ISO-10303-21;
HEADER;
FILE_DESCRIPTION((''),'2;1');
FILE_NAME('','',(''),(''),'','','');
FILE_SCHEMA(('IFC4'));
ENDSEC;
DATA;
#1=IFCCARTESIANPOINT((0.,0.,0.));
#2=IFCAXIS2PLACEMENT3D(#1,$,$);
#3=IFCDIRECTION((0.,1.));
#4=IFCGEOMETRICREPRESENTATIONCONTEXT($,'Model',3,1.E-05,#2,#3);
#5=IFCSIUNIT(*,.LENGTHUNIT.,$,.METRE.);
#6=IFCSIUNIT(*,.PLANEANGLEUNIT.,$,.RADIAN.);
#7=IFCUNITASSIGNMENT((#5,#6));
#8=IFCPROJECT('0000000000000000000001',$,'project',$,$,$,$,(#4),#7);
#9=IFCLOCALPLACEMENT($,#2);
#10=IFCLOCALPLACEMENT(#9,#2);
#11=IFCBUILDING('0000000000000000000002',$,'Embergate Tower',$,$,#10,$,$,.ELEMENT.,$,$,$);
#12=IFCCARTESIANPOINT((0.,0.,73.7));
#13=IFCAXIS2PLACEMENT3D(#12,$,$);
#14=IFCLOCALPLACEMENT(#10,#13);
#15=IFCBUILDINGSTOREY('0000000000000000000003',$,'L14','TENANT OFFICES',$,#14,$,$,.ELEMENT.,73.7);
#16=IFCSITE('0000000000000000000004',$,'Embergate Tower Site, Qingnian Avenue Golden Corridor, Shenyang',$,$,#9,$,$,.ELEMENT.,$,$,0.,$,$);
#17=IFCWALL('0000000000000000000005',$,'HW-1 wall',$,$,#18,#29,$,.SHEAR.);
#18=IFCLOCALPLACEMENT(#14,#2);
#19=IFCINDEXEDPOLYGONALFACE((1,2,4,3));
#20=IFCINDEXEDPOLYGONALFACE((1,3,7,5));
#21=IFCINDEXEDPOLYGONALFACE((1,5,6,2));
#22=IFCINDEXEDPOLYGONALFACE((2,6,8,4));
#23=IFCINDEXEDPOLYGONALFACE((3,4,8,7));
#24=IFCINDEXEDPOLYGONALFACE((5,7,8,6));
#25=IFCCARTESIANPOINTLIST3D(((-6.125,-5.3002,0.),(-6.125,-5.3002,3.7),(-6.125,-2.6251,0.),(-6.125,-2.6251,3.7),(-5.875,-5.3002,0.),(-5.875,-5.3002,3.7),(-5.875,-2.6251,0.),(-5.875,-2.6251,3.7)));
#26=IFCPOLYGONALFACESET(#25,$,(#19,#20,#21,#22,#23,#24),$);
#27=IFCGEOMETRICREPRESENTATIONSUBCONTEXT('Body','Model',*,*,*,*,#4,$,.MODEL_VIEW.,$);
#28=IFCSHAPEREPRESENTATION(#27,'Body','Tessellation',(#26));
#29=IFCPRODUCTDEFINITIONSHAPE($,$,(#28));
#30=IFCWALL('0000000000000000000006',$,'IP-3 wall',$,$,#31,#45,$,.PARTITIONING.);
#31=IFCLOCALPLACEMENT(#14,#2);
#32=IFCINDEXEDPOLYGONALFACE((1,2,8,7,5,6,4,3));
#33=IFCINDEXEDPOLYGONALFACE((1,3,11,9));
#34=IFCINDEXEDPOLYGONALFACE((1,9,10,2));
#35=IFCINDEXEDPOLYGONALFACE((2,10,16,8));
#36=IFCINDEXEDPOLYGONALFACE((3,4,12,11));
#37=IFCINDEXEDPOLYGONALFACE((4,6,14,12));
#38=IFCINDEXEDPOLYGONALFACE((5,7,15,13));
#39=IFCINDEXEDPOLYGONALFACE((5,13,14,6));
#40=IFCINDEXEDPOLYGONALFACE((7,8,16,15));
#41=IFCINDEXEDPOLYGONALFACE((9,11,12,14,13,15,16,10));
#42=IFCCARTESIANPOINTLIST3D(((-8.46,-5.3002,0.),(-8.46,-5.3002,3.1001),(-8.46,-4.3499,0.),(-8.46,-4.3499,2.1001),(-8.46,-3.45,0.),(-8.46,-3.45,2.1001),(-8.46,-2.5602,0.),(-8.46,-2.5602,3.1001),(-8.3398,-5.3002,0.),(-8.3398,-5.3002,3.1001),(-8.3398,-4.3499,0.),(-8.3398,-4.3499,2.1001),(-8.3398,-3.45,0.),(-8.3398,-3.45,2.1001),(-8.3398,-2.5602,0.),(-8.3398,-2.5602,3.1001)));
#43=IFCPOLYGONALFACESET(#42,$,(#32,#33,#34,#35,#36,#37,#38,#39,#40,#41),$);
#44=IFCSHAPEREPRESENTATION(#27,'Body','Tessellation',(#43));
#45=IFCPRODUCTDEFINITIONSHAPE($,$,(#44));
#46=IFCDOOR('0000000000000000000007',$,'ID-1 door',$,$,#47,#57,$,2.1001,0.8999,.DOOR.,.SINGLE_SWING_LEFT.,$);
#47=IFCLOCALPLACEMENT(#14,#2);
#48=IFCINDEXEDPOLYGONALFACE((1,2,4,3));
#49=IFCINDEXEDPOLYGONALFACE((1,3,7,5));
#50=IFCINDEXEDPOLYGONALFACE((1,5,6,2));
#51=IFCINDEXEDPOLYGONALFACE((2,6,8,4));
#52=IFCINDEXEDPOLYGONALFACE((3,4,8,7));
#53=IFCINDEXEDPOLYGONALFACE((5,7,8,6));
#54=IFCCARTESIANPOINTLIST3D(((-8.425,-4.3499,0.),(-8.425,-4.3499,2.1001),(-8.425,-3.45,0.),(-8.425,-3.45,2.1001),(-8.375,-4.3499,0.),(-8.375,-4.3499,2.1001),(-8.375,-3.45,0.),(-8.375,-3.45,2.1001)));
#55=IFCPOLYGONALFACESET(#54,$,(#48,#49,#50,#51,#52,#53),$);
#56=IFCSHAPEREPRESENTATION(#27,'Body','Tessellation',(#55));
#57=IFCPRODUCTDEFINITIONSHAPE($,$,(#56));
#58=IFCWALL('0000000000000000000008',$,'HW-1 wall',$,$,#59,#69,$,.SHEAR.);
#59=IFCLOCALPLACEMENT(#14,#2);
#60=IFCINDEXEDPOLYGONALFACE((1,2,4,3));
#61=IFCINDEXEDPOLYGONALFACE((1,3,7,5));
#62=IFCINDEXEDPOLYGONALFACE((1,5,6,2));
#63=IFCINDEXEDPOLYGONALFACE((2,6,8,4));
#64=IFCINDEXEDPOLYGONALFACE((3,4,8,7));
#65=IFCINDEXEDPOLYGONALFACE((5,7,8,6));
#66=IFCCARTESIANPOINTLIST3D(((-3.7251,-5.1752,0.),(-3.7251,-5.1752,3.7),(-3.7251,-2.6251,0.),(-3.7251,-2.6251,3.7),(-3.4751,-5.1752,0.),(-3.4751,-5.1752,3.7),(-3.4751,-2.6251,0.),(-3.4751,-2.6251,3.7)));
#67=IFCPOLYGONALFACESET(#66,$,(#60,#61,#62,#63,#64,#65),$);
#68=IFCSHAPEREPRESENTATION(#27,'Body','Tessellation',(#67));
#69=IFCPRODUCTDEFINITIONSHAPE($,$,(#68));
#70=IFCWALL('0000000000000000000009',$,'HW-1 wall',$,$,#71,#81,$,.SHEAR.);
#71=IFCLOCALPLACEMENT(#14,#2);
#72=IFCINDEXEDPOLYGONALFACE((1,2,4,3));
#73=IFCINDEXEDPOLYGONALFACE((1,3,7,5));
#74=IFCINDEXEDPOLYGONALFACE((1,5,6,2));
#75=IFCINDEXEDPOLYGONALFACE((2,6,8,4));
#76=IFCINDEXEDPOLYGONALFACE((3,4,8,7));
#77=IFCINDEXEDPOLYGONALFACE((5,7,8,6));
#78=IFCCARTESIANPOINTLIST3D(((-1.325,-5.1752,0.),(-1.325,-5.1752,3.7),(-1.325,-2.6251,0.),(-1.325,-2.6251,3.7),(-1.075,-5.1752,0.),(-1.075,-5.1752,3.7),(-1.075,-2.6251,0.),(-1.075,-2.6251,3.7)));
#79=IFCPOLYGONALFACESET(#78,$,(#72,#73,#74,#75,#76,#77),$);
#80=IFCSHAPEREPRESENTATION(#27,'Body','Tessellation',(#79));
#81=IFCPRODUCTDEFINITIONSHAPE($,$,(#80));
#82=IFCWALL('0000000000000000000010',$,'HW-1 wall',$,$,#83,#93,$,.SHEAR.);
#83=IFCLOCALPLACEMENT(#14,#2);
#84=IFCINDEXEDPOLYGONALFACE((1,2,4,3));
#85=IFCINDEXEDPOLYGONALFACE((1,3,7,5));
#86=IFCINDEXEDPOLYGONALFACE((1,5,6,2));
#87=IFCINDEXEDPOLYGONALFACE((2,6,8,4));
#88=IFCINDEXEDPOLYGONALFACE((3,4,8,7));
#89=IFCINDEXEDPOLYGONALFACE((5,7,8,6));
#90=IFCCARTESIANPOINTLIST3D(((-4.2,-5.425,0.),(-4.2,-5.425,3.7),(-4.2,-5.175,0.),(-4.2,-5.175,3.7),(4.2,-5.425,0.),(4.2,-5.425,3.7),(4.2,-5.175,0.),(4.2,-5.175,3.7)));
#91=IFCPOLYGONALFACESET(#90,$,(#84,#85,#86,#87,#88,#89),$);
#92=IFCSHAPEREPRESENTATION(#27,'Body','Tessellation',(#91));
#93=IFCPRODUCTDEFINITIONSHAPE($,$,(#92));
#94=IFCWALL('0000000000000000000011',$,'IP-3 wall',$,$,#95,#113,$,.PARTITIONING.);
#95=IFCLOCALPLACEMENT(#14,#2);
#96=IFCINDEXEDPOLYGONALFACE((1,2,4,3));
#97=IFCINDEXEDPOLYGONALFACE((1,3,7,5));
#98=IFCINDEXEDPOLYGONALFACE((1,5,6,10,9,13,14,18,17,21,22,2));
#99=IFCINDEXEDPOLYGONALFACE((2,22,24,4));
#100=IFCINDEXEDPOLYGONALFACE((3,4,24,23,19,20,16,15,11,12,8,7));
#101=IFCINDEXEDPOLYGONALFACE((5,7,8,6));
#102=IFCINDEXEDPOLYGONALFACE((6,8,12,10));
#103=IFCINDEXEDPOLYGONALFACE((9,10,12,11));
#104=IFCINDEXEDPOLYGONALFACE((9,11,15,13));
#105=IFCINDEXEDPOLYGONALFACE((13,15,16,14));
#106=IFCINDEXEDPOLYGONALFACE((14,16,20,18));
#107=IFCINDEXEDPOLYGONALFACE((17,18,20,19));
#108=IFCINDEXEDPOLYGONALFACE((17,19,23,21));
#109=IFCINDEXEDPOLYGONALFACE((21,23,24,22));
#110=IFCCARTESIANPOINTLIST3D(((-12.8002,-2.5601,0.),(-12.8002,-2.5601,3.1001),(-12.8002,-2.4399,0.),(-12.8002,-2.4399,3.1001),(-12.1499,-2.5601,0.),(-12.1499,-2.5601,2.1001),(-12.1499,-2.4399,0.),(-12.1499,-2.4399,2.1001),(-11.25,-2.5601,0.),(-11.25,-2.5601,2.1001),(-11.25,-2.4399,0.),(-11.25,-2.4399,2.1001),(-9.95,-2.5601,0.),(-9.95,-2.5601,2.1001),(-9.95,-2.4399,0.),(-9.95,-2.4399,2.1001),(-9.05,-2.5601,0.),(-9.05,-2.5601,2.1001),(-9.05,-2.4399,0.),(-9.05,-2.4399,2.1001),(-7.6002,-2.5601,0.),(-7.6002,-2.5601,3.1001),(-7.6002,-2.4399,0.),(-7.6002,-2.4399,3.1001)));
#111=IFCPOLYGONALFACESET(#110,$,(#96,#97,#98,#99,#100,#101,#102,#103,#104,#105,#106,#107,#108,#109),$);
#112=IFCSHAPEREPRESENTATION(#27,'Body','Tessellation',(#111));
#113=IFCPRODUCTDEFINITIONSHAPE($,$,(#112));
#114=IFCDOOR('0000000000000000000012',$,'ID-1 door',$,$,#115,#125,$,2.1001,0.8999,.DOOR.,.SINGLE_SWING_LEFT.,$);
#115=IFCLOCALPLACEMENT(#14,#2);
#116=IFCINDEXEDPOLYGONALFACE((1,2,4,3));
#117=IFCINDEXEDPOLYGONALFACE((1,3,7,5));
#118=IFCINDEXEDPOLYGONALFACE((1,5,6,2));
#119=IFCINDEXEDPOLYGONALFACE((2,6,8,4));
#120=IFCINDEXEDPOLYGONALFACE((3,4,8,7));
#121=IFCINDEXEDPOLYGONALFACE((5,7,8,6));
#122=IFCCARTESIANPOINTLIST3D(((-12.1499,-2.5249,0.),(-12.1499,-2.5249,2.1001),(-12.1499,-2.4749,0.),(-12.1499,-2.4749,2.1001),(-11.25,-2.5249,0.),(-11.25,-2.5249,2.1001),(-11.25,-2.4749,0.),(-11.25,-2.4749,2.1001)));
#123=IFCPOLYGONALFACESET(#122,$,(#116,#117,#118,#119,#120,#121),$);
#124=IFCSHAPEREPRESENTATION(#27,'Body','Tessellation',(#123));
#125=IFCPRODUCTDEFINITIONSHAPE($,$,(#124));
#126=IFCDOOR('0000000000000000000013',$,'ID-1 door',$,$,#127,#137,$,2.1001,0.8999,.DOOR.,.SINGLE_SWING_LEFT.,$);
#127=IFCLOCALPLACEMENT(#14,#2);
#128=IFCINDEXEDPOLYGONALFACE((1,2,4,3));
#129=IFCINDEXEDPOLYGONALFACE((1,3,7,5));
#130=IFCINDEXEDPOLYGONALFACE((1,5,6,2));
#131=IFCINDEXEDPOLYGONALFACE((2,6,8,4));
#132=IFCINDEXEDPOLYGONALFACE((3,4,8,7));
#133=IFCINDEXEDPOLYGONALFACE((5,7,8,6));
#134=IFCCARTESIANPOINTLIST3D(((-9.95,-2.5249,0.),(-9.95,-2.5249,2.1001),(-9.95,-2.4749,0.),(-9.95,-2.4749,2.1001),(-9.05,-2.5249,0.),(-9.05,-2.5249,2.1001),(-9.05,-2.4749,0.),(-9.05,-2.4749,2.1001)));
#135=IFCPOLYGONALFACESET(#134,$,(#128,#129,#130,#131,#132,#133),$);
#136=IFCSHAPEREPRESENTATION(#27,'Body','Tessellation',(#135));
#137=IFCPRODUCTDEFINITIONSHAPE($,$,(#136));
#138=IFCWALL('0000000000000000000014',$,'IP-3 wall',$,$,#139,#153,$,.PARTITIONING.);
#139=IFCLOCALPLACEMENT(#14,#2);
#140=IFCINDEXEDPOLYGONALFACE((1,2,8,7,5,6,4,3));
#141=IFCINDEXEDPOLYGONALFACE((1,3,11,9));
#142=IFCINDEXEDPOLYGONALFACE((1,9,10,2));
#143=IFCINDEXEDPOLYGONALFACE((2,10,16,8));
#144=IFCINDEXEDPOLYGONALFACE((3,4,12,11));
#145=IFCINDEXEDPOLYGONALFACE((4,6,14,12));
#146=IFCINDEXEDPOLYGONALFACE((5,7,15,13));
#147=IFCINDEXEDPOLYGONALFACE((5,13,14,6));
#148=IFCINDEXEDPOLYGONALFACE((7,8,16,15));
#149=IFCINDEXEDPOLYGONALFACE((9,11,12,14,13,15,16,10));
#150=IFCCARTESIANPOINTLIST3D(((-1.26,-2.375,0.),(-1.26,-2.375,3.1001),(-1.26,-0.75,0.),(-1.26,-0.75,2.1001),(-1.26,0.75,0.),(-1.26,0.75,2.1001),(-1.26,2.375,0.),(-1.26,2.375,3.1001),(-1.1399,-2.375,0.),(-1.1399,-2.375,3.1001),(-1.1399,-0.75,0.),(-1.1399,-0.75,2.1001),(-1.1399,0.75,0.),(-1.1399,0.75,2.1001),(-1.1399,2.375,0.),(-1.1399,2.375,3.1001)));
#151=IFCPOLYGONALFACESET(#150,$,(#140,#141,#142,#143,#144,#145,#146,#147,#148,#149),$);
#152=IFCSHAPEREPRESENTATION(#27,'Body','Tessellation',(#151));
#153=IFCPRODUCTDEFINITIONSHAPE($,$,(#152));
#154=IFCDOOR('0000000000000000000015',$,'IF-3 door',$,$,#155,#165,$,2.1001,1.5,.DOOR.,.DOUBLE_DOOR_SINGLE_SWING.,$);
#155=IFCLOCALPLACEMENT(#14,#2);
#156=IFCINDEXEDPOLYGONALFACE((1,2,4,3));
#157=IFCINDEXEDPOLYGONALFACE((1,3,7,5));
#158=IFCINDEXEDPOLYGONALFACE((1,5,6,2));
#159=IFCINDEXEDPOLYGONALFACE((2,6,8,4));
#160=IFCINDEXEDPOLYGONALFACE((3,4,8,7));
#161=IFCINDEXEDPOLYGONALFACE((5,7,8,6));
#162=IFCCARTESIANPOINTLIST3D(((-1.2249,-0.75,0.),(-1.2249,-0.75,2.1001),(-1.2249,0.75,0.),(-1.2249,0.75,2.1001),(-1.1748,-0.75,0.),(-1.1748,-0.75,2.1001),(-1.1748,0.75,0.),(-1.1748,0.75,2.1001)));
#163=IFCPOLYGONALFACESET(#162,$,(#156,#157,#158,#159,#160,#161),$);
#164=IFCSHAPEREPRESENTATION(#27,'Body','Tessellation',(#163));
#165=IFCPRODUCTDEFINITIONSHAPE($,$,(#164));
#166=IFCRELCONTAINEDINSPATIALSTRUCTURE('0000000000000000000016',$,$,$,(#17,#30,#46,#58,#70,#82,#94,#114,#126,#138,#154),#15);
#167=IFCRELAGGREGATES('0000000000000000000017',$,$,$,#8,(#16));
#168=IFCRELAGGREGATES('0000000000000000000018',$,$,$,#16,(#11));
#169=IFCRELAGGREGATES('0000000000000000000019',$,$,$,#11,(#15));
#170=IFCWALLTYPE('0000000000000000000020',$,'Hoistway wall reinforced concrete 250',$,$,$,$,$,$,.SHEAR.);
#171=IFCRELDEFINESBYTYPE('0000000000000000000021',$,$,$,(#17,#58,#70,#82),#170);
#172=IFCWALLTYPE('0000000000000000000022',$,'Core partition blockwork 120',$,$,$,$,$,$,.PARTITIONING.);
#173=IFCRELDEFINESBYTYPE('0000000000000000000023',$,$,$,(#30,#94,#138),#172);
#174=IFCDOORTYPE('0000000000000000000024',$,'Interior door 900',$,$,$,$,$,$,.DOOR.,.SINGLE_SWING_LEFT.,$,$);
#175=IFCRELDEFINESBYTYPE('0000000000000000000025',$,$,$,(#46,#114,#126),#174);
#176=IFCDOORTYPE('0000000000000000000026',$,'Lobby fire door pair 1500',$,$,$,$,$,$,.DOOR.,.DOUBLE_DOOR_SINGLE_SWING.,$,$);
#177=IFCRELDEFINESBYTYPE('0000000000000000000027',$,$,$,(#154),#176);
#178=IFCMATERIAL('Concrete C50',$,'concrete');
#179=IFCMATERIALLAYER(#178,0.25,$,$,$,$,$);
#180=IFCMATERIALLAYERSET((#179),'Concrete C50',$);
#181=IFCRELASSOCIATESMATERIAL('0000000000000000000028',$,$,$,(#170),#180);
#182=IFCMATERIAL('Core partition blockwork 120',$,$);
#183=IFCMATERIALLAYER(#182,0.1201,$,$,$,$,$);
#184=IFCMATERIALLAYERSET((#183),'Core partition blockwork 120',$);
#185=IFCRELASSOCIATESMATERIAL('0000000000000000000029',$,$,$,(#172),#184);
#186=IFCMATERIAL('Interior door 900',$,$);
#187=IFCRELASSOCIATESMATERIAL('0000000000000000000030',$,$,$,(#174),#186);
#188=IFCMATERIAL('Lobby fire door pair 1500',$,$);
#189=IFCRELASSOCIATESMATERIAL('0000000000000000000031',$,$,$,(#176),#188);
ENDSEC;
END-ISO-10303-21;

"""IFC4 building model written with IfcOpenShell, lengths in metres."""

from ifc_helpers import new_model, si_unit, direction, frame, frame_2d, origin, place, context, subcontext, project, spatial, rectangle, extrude, source, transform, mapped, material, layer, layer_set, type_object, element, fill, save


model = new_model("IFC4")

# Units and contexts
model_context = context("Model", 3, precision=1e-05, world=origin(), true_north=direction((0.0, 1.0)))
body_context = subcontext(model_context, "Body", "Model", "MODEL_VIEW")
ifc_project = project(units=[si_unit("LENGTHUNIT", "METRE"), si_unit("PLANEANGLEUNIT", "RADIAN")], contexts=[model_context])

# Site, building, storey
site_placement = place(None, origin())
site = spatial("IfcSite", under=ifc_project, at=site_placement, Name="Embergate Tower Site, Qingnian Avenue Golden Corridor, Shenyang", CompositionType="ELEMENT", RefElevation=0.0)
building_placement = place(site_placement, origin())
building = spatial("IfcBuilding", under=site, at=building_placement, Name="Embergate Tower", CompositionType="ELEMENT")
storey_placement = place(building_placement, frame((0.0, 0.0, 73.7)))
storey = spatial("IfcBuildingStorey", under=building, at=storey_placement, Name="L14", Description="TENANT OFFICES", CompositionType="ELEMENT", Elevation=73.7)

# Wall
ifc_material_1 = material(Name="Concrete C50", Category="concrete")
ifc_layer_1 = layer(ifc_material_1, 0.25)
ifc_layer_set_1 = layer_set([ifc_layer_1], Name="Concrete C50")
wall_type_1 = type_object("IfcWallType", Name="Hoistway wall reinforced concrete 250", PredefinedType="SHEAR", material=ifc_layer_set_1)
shared_shape_1 = source(origin(), body_context, "Body", "SweptSolid", [
    extrude(rectangle(XDim=2.675, YDim=0.25, at=frame_2d((1.3374, 0.0))), origin(), (0.0, 0.0, 1.0), 3.7),
])
wall_1_placement = place(storey_placement, frame((-6.0, -5.3, 0.0), z_axis=(0.0, 0.0, 1.0), x_axis=(0.0, 1.0, 0.0)))
element("IfcWall", 1, at=wall_1_placement, inside=storey, type_object=wall_type_1, Name="HW-1 wall", PredefinedType="SHEAR", context=body_context, shape_type="MappedRepresentation", body=[
    mapped(shared_shape_1, transform((0.0, 0.0, 0.0))),
])

# Wall, opening, door
ifc_material_2 = material(Name="Core partition blockwork 120")
ifc_layer_2 = layer(ifc_material_2, 0.1201)
ifc_layer_set_2 = layer_set([ifc_layer_2], Name="Core partition blockwork 120")
wall_type_2 = type_object("IfcWallType", Name="Core partition blockwork 120", PredefinedType="PARTITIONING", material=ifc_layer_set_2)
shared_shape_2 = source(origin(), body_context, "Body", "SweptSolid", [
    extrude(rectangle(XDim=2.74, YDim=0.1201, at=frame_2d((1.3701, 0.0))), origin(), (0.0, 0.0, 1.0), 3.1001),
])
wall_2_placement = place(storey_placement, frame((-8.3999, -2.5601, 0.0), z_axis=(0.0, 0.0, 1.0), x_axis=(0.0, -1.0, 0.0)))
wall_2 = element("IfcWall", 2, at=wall_2_placement, inside=storey, type_object=wall_type_2, Name="IP-3 wall", PredefinedType="PARTITIONING", context=body_context, shape_type="MappedRepresentation", body=[
    mapped(shared_shape_2, transform((0.0, 0.0, 0.0))),
])
shared_shape_3 = source(origin(), body_context, "Body", "SweptSolid", [
    extrude(rectangle(XDim=0.8999, YDim=2.1001, at=frame_2d((0.45, 1.05))), frame((0.0, 0.0701, 0.0), z_axis=(0.0, -1.0, 0.0), x_axis=(1.0, 0.0, 0.0)), (0.0, 0.0, 1.0), 0.1401),
])
opening_1_placement = place(wall_2_placement, frame((0.8899, 0.0, 0.0)))
opening_1 = element("IfcOpeningElement", 3, at=opening_1_placement, cuts=wall_2, PredefinedType="OPENING", context=body_context, shape_type="MappedRepresentation", body=[
    mapped(shared_shape_3, transform((0.0, 0.0, 0.0))),
])
ifc_material_3 = material(Name="Interior door 900")
door_type_1 = type_object("IfcDoorType", Name="Interior door 900", OperationType="SINGLE_SWING_LEFT", PredefinedType="DOOR", material=ifc_material_3)
shared_shape_4 = source(origin(), body_context, "Body", "SweptSolid", [
    extrude(rectangle(XDim=0.8999, YDim=2.1001, at=frame_2d((0.45, 1.05))), frame((0.0, 0.0249, 0.0), z_axis=(0.0, -1.0, 0.0), x_axis=(1.0, 0.0, 0.0)), (0.0, 0.0, 1.0), 0.05),
])
door_1_placement = place(opening_1_placement, origin())
door_1 = element("IfcDoor", 4, at=door_1_placement, inside=storey, type_object=door_type_1, Name="ID-1 door", OperationType="SINGLE_SWING_LEFT", OverallHeight=2.1001, OverallWidth=0.8999, PredefinedType="DOOR", context=body_context, shape_type="MappedRepresentation", body=[
    mapped(shared_shape_4, transform((0.0, 0.0, 0.0))),
])
fill(opening_1, door_1)

# Walls
shared_shape_5 = source(origin(), body_context, "Body", "SweptSolid", [
    extrude(rectangle(XDim=2.55, YDim=0.25, at=frame_2d((1.2749, 0.0))), origin(), (0.0, 0.0, 1.0), 3.7),
])
for number, where, z_axis, x_axis, name in (
    (5, (-3.6001, -5.175, 0.0), (0.0, 0.0, 1.0), (0.0, 1.0, 0.0), "HW-1 wall"),
    (6, (-1.2, -5.175, 0.0), (0.0, 0.0, 1.0), (0.0, 1.0, 0.0), "HW-1 wall"),
):
    element("IfcWall", number, at=place(storey_placement, frame(where, z_axis=z_axis, x_axis=x_axis)), inside=storey, type_object=wall_type_1, Name=name, PredefinedType="SHEAR", context=body_context, shape_type="MappedRepresentation", body=[
        mapped(shared_shape_5, transform((0.0, 0.0, 0.0))),
    ])
shared_shape_6 = source(origin(), body_context, "Body", "SweptSolid", [
    extrude(rectangle(XDim=8.3999, YDim=0.25, at=frame_2d((4.2, 0.0))), origin(), (0.0, 0.0, 1.0), 3.7),
])
wall_3_placement = place(storey_placement, frame((-4.2, -5.3, 0.0), z_axis=(0.0, 0.0, 1.0), x_axis=(1.0, 0.0, 0.0)))
element("IfcWall", 7, at=wall_3_placement, inside=storey, type_object=wall_type_1, Name="HW-1 wall", PredefinedType="SHEAR", context=body_context, shape_type="MappedRepresentation", body=[
    mapped(shared_shape_6, transform((0.0, 0.0, 0.0))),
])

# Wall, openings, doors
shared_shape_7 = source(origin(), body_context, "Body", "SweptSolid", [
    extrude(rectangle(XDim=5.2, YDim=0.1201, at=frame_2d((2.6001, 0.0))), origin(), (0.0, 0.0, 1.0), 3.1001),
])
wall_4_placement = place(storey_placement, frame((-7.6001, -2.5, 0.0), z_axis=(0.0, 0.0, 1.0), x_axis=(-1.0, 0.0, 0.0)))
wall_4 = element("IfcWall", 8, at=wall_4_placement, inside=storey, type_object=wall_type_2, Name="IP-3 wall", PredefinedType="PARTITIONING", context=body_context, shape_type="MappedRepresentation", body=[
    mapped(shared_shape_7, transform((0.0, 0.0, 0.0))),
])
opening_2_placement = place(wall_4_placement, frame((3.6499, 0.0, 0.0)))
opening_2 = element("IfcOpeningElement", 9, at=opening_2_placement, cuts=wall_4, PredefinedType="OPENING", context=body_context, shape_type="MappedRepresentation", body=[
    mapped(shared_shape_3, transform((0.0, 0.0, 0.0))),
])
opening_3_placement = place(wall_4_placement, frame((1.45, 0.0, 0.0)))
opening_3 = element("IfcOpeningElement", 10, at=opening_3_placement, cuts=wall_4, PredefinedType="OPENING", context=body_context, shape_type="MappedRepresentation", body=[
    mapped(shared_shape_3, transform((0.0, 0.0, 0.0))),
])
door_2_placement = place(opening_2_placement, origin())
door_2 = element("IfcDoor", 11, at=door_2_placement, inside=storey, type_object=door_type_1, Name="ID-1 door", OperationType="SINGLE_SWING_LEFT", OverallHeight=2.1001, OverallWidth=0.8999, PredefinedType="DOOR", context=body_context, shape_type="MappedRepresentation", body=[
    mapped(shared_shape_4, transform((0.0, 0.0, 0.0))),
])
fill(opening_2, door_2)
door_3_placement = place(opening_3_placement, origin())
door_3 = element("IfcDoor", 12, at=door_3_placement, inside=storey, type_object=door_type_1, Name="ID-1 door", OperationType="SINGLE_SWING_LEFT", OverallHeight=2.1001, OverallWidth=0.8999, PredefinedType="DOOR", context=body_context, shape_type="MappedRepresentation", body=[
    mapped(shared_shape_4, transform((0.0, 0.0, 0.0))),
])
fill(opening_3, door_3)

# Wall, opening, door
shared_shape_8 = source(origin(), body_context, "Body", "SweptSolid", [
    extrude(rectangle(XDim=4.75, YDim=0.1201, at=frame_2d((2.375, 0.0))), origin(), (0.0, 0.0, 1.0), 3.1001),
])
wall_5_placement = place(storey_placement, frame((-1.2, -2.375, 0.0), z_axis=(0.0, 0.0, 1.0), x_axis=(0.0, 1.0, 0.0)))
wall_5 = element("IfcWall", 13, at=wall_5_placement, inside=storey, type_object=wall_type_2, Name="IP-3 wall", PredefinedType="PARTITIONING", context=body_context, shape_type="MappedRepresentation", body=[
    mapped(shared_shape_8, transform((0.0, 0.0, 0.0))),
])
shared_shape_9 = source(origin(), body_context, "Body", "SweptSolid", [
    extrude(rectangle(XDim=1.5, YDim=2.1001, at=frame_2d((0.75, 1.05))), frame((0.0, 0.0701, 0.0), z_axis=(0.0, -1.0, 0.0), x_axis=(1.0, 0.0, 0.0)), (0.0, 0.0, 1.0), 0.1401),
])
opening_4_placement = place(wall_5_placement, frame((1.625, 0.0, 0.0)))
opening_4 = element("IfcOpeningElement", 14, at=opening_4_placement, cuts=wall_5, PredefinedType="OPENING", context=body_context, shape_type="MappedRepresentation", body=[
    mapped(shared_shape_9, transform((0.0, 0.0, 0.0))),
])
ifc_material_4 = material(Name="Lobby fire door pair 1500")
door_type_2 = type_object("IfcDoorType", Name="Lobby fire door pair 1500", OperationType="DOUBLE_DOOR_SINGLE_SWING", PredefinedType="DOOR", material=ifc_material_4)
shared_shape_10 = source(origin(), body_context, "Body", "SweptSolid", [
    extrude(rectangle(XDim=1.5, YDim=2.1001, at=frame_2d((0.75, 1.05))), frame((0.0, 0.0249, 0.0), z_axis=(0.0, -1.0, 0.0), x_axis=(1.0, 0.0, 0.0)), (0.0, 0.0, 1.0), 0.05),
])
door_4_placement = place(opening_4_placement, origin())
door_4 = element("IfcDoor", 15, at=door_4_placement, inside=storey, type_object=door_type_2, Name="IF-3 door", OperationType="DOUBLE_DOOR_SINGLE_SWING", OverallHeight=2.1001, OverallWidth=1.5, PredefinedType="DOOR", context=body_context, shape_type="MappedRepresentation", body=[
    mapped(shared_shape_10, transform((0.0, 0.0, 0.0))),
])
fill(opening_4, door_4)

save(model, "model.ifc")
